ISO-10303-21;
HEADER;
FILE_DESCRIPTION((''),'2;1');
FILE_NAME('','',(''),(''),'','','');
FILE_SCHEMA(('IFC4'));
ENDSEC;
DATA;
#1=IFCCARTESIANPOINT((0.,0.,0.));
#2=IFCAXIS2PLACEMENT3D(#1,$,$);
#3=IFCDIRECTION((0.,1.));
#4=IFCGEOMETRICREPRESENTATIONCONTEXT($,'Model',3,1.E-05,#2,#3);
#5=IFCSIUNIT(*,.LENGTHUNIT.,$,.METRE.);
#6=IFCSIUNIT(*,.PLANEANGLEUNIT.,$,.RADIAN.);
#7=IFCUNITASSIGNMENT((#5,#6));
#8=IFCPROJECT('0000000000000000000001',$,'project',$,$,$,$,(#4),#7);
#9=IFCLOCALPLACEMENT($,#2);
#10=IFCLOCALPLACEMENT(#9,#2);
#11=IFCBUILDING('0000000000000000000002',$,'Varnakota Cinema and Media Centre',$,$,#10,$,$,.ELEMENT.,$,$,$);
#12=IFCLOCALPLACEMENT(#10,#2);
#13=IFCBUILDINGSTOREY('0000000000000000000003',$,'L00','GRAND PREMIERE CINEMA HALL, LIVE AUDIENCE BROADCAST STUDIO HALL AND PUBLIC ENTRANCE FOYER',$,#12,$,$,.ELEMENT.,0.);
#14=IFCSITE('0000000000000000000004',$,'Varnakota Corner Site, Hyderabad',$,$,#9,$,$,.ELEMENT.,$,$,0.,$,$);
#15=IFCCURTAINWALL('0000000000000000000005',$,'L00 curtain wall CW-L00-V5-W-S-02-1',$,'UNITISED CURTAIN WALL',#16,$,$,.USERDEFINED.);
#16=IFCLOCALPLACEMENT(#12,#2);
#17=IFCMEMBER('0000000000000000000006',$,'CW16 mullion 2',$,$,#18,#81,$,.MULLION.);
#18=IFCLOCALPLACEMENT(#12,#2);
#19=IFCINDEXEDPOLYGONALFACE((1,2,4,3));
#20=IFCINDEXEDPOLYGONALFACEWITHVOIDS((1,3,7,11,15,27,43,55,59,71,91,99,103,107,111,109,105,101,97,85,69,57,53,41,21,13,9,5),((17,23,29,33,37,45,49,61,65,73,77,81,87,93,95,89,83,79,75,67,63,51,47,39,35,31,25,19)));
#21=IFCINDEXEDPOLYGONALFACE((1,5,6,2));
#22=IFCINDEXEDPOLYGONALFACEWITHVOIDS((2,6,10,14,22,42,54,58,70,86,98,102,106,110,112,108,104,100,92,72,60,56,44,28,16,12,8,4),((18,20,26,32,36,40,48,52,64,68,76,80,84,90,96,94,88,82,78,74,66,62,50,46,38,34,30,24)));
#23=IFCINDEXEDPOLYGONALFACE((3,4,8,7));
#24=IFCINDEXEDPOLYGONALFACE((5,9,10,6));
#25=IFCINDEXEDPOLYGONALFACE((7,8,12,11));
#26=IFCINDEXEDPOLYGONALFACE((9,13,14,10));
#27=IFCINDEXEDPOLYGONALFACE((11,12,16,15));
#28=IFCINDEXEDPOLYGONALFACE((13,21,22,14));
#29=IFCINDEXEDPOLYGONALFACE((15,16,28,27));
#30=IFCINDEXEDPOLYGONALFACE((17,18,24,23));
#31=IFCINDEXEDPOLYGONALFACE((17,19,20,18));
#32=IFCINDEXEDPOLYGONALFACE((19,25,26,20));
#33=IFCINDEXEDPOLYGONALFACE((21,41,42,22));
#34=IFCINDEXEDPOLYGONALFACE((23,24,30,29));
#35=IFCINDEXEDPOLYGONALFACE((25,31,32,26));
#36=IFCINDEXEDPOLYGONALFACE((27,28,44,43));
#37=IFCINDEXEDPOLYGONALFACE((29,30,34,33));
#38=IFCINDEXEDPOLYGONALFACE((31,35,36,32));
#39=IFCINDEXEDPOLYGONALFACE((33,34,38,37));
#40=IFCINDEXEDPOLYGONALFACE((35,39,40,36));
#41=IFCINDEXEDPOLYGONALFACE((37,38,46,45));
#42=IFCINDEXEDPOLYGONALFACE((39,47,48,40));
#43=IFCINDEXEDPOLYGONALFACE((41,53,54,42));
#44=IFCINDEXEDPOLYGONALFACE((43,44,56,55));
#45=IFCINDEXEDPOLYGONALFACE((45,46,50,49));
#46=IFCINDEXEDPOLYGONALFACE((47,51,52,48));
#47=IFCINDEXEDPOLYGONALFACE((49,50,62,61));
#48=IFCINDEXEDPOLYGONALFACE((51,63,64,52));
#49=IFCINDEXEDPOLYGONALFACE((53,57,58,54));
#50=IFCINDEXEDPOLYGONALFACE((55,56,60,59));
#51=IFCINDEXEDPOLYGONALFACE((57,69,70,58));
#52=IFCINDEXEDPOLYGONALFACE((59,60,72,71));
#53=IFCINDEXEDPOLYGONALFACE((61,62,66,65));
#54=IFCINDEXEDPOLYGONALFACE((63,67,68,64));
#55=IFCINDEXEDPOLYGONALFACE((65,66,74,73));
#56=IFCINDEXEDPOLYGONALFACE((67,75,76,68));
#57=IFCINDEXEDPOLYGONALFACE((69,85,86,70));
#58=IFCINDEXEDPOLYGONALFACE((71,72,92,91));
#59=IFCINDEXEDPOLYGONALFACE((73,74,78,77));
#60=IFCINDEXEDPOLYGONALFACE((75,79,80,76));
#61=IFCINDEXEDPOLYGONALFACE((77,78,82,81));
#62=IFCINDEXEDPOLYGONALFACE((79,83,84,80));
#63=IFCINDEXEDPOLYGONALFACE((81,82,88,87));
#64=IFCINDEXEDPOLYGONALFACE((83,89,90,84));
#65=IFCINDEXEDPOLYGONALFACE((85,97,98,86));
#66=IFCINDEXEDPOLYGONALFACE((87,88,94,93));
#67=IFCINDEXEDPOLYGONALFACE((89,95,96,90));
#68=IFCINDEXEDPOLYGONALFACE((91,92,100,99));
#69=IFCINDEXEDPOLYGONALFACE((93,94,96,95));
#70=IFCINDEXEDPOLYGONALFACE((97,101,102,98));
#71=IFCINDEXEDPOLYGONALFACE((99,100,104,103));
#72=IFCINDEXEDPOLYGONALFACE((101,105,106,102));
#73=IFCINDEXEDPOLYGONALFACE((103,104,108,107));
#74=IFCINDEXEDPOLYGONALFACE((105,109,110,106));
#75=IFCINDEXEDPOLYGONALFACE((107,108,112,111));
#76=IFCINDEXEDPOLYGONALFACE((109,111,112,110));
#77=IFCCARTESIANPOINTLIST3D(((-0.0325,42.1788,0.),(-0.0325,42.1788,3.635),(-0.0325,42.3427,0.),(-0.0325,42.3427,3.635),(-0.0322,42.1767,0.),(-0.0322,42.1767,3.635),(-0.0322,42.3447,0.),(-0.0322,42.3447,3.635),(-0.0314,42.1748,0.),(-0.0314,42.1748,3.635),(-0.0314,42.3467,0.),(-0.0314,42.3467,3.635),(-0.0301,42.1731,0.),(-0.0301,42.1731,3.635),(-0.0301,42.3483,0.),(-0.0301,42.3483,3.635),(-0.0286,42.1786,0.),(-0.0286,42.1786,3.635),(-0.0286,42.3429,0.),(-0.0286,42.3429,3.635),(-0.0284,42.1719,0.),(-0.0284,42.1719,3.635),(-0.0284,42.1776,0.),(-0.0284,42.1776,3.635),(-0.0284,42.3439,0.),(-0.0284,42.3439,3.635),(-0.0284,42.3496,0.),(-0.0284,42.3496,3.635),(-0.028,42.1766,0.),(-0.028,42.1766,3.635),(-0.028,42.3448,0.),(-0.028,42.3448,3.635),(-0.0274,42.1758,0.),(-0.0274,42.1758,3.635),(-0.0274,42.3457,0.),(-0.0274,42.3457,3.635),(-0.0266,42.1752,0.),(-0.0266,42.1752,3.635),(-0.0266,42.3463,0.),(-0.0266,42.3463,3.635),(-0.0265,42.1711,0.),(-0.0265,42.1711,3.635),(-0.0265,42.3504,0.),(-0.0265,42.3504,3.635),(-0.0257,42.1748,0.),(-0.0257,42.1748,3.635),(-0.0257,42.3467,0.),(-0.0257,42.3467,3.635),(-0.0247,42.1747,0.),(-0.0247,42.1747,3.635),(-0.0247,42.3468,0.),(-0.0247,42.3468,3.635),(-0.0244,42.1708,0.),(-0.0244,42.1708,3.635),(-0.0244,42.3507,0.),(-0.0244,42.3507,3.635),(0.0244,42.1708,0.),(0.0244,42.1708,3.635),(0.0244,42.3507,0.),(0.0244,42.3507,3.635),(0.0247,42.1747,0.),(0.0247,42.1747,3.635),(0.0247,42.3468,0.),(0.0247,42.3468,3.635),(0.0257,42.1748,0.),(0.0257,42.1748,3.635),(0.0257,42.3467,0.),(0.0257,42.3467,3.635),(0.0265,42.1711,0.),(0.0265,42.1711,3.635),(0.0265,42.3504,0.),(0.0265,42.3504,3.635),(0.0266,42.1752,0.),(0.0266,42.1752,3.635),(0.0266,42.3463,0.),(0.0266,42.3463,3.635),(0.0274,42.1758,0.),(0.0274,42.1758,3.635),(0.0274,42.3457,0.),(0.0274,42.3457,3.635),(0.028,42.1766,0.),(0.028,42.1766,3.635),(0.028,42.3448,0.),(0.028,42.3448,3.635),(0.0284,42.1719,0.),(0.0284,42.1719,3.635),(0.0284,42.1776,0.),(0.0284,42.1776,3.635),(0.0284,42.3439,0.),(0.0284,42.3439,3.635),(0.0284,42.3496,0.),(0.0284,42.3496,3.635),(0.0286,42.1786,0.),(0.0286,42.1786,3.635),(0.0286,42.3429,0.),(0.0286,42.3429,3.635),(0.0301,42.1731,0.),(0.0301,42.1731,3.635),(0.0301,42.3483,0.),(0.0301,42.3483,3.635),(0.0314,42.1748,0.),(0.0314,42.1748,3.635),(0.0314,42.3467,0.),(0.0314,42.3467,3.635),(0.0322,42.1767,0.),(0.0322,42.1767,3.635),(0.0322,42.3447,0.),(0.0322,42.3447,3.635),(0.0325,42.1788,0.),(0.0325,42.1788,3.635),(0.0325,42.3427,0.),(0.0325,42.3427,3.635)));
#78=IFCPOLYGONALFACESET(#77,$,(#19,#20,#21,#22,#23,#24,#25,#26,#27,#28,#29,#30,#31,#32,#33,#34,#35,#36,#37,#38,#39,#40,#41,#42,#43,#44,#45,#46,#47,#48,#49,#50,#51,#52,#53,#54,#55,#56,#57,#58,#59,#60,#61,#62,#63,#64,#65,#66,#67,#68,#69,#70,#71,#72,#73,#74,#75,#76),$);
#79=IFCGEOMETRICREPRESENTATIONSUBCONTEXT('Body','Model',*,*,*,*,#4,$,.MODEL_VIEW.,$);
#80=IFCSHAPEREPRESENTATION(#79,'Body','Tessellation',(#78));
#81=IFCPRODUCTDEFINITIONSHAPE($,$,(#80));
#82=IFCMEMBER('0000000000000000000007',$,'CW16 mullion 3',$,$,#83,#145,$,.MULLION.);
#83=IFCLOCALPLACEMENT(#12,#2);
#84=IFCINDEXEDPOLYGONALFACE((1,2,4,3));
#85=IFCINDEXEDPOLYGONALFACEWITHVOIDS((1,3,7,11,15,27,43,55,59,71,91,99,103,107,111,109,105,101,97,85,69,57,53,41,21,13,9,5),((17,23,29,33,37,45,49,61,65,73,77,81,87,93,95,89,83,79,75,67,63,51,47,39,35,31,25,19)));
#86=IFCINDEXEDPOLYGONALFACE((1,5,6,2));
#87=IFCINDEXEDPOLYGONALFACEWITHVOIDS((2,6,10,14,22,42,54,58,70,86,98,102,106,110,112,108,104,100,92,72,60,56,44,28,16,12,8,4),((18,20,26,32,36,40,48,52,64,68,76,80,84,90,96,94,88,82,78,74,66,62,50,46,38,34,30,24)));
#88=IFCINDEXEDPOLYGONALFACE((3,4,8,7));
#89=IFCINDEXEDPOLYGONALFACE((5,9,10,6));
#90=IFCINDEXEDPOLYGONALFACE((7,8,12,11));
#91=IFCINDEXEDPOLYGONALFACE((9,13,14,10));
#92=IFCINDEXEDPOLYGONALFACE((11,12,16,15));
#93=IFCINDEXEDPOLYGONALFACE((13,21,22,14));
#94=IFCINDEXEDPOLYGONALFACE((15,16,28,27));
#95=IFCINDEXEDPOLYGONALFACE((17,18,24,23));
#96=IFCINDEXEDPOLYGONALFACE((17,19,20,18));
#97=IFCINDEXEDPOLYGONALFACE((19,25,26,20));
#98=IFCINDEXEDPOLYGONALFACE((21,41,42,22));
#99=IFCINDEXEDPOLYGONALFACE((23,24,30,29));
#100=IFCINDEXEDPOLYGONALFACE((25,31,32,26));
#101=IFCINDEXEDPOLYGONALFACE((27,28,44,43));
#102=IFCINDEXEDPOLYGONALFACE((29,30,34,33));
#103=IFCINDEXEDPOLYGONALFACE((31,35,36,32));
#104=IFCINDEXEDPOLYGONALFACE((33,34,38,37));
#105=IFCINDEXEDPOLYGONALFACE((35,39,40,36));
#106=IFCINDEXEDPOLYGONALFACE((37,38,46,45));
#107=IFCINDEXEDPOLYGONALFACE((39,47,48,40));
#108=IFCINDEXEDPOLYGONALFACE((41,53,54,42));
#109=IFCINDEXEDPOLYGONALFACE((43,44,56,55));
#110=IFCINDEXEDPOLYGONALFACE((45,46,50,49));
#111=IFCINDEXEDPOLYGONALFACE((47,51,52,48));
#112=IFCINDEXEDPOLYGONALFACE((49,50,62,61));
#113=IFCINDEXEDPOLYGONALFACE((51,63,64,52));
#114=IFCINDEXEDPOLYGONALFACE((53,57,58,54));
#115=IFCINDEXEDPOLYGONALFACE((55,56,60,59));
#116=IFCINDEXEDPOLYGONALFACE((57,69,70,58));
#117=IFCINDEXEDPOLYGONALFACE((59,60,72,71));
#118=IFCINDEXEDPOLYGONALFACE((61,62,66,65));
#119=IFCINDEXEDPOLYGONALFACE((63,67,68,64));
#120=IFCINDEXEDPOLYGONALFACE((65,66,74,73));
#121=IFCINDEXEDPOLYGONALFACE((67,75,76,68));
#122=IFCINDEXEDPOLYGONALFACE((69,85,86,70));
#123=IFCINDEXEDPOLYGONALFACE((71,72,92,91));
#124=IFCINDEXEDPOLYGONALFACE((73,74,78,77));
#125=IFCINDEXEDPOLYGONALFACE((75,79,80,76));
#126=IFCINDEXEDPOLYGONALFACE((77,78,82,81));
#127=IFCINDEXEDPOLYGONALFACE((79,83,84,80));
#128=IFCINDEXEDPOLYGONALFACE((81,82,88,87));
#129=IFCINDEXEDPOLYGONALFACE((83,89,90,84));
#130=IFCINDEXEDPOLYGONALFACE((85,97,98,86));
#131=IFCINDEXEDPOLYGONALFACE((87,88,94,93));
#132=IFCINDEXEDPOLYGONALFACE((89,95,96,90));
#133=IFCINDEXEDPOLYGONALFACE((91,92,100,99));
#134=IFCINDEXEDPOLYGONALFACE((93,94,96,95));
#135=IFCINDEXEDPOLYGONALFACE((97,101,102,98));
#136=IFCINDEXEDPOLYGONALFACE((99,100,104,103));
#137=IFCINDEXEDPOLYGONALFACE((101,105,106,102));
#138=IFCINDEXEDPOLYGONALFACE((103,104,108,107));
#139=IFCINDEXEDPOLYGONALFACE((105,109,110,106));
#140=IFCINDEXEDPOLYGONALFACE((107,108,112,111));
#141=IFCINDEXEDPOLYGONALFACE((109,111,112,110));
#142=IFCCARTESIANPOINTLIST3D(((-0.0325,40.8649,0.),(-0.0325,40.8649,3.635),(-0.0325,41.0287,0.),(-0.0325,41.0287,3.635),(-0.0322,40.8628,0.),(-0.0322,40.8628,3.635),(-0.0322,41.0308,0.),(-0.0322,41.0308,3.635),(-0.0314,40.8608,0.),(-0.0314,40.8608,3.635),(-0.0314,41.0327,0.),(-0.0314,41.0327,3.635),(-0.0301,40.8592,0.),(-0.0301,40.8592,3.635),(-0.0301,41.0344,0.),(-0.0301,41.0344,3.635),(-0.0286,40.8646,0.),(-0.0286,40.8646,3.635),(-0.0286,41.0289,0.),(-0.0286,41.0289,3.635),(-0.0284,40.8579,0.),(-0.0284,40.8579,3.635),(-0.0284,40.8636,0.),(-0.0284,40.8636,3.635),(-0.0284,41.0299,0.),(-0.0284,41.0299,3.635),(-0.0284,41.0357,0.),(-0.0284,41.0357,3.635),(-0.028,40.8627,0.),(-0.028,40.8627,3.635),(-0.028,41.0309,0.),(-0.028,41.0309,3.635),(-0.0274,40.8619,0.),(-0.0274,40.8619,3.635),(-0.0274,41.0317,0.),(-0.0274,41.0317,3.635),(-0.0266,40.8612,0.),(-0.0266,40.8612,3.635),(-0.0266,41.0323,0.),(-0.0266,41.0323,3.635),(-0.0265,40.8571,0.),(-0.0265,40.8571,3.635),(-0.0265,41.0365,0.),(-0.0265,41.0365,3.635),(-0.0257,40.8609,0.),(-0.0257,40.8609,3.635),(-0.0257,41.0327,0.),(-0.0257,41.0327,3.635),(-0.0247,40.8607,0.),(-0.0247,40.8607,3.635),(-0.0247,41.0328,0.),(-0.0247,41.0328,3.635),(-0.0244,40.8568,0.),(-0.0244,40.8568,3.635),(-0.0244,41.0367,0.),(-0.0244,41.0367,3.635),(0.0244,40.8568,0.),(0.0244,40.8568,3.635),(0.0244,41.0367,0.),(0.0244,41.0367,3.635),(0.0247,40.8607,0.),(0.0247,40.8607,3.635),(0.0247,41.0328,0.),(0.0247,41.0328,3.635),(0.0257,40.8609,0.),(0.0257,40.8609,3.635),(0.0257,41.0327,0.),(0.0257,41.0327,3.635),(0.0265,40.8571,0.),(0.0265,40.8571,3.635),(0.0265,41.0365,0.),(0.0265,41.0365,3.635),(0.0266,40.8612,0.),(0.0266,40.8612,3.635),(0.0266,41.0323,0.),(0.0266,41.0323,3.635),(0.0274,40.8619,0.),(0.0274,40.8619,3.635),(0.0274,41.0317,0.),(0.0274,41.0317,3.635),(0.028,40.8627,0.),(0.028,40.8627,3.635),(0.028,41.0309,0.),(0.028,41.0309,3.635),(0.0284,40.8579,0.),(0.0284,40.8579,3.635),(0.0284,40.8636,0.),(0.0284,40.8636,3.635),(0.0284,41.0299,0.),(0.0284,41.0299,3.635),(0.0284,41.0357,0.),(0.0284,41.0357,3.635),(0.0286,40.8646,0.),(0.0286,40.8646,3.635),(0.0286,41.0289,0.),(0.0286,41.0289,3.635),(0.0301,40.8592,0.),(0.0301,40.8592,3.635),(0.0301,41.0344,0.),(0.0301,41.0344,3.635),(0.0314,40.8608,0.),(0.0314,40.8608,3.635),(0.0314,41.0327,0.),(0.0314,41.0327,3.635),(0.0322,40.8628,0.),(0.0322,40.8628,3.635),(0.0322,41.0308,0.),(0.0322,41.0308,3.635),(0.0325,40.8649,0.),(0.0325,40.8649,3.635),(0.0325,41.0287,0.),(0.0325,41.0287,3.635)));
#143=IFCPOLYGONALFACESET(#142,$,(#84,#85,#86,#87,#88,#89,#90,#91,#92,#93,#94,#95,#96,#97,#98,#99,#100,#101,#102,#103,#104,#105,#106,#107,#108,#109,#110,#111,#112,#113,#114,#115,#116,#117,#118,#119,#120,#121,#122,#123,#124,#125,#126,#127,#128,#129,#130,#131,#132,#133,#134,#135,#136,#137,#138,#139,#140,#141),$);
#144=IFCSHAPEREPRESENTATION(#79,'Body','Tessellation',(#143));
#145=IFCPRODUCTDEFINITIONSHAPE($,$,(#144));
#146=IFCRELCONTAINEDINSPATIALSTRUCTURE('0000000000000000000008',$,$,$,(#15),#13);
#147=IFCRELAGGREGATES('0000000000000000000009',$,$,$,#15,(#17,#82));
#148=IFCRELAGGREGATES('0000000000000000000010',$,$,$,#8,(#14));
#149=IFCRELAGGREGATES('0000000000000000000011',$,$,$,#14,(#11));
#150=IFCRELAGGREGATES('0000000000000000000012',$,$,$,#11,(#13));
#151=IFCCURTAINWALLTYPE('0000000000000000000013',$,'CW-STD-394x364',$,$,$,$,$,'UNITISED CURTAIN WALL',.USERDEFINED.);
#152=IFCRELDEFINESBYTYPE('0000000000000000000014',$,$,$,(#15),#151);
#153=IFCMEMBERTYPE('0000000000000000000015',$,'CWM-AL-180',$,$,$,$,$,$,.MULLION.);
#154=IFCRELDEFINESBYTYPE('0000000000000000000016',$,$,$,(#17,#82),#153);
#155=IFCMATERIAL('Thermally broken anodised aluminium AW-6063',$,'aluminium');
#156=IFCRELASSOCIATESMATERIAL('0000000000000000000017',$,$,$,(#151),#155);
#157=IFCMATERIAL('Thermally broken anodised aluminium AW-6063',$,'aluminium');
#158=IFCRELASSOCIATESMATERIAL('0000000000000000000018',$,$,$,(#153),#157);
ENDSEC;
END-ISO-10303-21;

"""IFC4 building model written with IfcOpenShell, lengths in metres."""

from ifc_helpers import new_model, si_unit, direction, frame, origin, origin_2d, place, context, subcontext, project, spatial, hollow_rectangle, extrude, material, material_profile, profile_set, type_object, element, aggregate, save


model = new_model("IFC4")

# Units and contexts
model_context = context("Model", 3, precision=1e-05, world=origin(), true_north=direction((0.0, 1.0)))
body_context = subcontext(model_context, "Body", "Model", "MODEL_VIEW")
ifc_project = project(units=[si_unit("LENGTHUNIT", "METRE"), si_unit("PLANEANGLEUNIT", "RADIAN")], contexts=[model_context])

# Site, building, storey
site_placement = place(None, origin())
site = spatial("IfcSite", under=ifc_project, at=site_placement, Name="Varnakota Corner Site, Hyderabad", CompositionType="ELEMENT", RefElevation=0.0)
building_placement = place(site_placement, origin())
building = spatial("IfcBuilding", under=site, at=building_placement, Name="Varnakota Cinema and Media Centre", CompositionType="ELEMENT")
storey_placement = place(building_placement, origin())
storey = spatial("IfcBuildingStorey", under=building, at=storey_placement, Name="L00", Description="GRAND PREMIERE CINEMA HALL, LIVE AUDIENCE BROADCAST STUDIO HALL AND PUBLIC ENTRANCE FOYER", CompositionType="ELEMENT", Elevation=0.0)

# Curtain wall, members
ifc_material_1 = material(Name="Thermally broken anodised aluminium AW-6063", Category="aluminium")
curtain_wall_type = type_object("IfcCurtainWallType", Name="CW-STD-394x364", ElementType="UNITISED CURTAIN WALL", PredefinedType="USERDEFINED", material=ifc_material_1)
curtain_wall_placement = place(storey_placement, origin())
curtain_wall = element("IfcCurtainWall", 1, at=curtain_wall_placement, inside=storey, type_object=curtain_wall_type, Name="L00 curtain wall CW-L00-V5-W-S-02-1", ObjectType="UNITISED CURTAIN WALL", PredefinedType="USERDEFINED")
ifc_material_2 = material(Name="Thermally broken anodised aluminium AW-6063", Category="aluminium")
ifc_material_profile_1 = material_profile(ifc_material_2, hollow_rectangle(XDim=0.0649, YDim=0.1799, WallThickness=0.0039, InnerFilletRadius=0.0039, OuterFilletRadius=0.0081, at=origin_2d()), Name="AL-MULLION 180x65x4")
ifc_profile_set_1 = profile_set([ifc_material_profile_1], Name="Thermally broken anodised aluminium AW-6063")
member_type_1 = type_object("IfcMemberType", Name="CWM-AL-180", PredefinedType="MULLION", material=ifc_profile_set_1)
member_1_placement = place(storey_placement, frame((0.0, 42.2607, 0.0), z_axis=(0.0, 0.0, 1.0), x_axis=(1.0, 0.0, 0.0)))
member_1 = element("IfcMember", 2, at=member_1_placement, type_object=member_type_1, Name="CW16 mullion 2", PredefinedType="MULLION", context=body_context, shape_type="SweptSolid", body=[
    extrude(hollow_rectangle(XDim=0.0649, YDim=0.1799, WallThickness=0.0039, InnerFilletRadius=0.0039, OuterFilletRadius=0.0081, at=origin_2d()), origin(), (0.0, 0.0, 1.0), 3.635),
])
member_2_placement = place(storey_placement, frame((0.0, 40.9468, 0.0), z_axis=(0.0, 0.0, 1.0), x_axis=(1.0, 0.0, 0.0)))
member_2 = element("IfcMember", 3, at=member_2_placement, type_object=member_type_1, Name="CW16 mullion 3", PredefinedType="MULLION", context=body_context, shape_type="SweptSolid", body=[
    extrude(hollow_rectangle(XDim=0.0649, YDim=0.1799, WallThickness=0.0039, InnerFilletRadius=0.0039, OuterFilletRadius=0.0081, at=origin_2d()), origin(), (0.0, 0.0, 1.0), 3.635),
])
aggregate(curtain_wall, [member_1, member_2])

save(model, "model.ifc")
